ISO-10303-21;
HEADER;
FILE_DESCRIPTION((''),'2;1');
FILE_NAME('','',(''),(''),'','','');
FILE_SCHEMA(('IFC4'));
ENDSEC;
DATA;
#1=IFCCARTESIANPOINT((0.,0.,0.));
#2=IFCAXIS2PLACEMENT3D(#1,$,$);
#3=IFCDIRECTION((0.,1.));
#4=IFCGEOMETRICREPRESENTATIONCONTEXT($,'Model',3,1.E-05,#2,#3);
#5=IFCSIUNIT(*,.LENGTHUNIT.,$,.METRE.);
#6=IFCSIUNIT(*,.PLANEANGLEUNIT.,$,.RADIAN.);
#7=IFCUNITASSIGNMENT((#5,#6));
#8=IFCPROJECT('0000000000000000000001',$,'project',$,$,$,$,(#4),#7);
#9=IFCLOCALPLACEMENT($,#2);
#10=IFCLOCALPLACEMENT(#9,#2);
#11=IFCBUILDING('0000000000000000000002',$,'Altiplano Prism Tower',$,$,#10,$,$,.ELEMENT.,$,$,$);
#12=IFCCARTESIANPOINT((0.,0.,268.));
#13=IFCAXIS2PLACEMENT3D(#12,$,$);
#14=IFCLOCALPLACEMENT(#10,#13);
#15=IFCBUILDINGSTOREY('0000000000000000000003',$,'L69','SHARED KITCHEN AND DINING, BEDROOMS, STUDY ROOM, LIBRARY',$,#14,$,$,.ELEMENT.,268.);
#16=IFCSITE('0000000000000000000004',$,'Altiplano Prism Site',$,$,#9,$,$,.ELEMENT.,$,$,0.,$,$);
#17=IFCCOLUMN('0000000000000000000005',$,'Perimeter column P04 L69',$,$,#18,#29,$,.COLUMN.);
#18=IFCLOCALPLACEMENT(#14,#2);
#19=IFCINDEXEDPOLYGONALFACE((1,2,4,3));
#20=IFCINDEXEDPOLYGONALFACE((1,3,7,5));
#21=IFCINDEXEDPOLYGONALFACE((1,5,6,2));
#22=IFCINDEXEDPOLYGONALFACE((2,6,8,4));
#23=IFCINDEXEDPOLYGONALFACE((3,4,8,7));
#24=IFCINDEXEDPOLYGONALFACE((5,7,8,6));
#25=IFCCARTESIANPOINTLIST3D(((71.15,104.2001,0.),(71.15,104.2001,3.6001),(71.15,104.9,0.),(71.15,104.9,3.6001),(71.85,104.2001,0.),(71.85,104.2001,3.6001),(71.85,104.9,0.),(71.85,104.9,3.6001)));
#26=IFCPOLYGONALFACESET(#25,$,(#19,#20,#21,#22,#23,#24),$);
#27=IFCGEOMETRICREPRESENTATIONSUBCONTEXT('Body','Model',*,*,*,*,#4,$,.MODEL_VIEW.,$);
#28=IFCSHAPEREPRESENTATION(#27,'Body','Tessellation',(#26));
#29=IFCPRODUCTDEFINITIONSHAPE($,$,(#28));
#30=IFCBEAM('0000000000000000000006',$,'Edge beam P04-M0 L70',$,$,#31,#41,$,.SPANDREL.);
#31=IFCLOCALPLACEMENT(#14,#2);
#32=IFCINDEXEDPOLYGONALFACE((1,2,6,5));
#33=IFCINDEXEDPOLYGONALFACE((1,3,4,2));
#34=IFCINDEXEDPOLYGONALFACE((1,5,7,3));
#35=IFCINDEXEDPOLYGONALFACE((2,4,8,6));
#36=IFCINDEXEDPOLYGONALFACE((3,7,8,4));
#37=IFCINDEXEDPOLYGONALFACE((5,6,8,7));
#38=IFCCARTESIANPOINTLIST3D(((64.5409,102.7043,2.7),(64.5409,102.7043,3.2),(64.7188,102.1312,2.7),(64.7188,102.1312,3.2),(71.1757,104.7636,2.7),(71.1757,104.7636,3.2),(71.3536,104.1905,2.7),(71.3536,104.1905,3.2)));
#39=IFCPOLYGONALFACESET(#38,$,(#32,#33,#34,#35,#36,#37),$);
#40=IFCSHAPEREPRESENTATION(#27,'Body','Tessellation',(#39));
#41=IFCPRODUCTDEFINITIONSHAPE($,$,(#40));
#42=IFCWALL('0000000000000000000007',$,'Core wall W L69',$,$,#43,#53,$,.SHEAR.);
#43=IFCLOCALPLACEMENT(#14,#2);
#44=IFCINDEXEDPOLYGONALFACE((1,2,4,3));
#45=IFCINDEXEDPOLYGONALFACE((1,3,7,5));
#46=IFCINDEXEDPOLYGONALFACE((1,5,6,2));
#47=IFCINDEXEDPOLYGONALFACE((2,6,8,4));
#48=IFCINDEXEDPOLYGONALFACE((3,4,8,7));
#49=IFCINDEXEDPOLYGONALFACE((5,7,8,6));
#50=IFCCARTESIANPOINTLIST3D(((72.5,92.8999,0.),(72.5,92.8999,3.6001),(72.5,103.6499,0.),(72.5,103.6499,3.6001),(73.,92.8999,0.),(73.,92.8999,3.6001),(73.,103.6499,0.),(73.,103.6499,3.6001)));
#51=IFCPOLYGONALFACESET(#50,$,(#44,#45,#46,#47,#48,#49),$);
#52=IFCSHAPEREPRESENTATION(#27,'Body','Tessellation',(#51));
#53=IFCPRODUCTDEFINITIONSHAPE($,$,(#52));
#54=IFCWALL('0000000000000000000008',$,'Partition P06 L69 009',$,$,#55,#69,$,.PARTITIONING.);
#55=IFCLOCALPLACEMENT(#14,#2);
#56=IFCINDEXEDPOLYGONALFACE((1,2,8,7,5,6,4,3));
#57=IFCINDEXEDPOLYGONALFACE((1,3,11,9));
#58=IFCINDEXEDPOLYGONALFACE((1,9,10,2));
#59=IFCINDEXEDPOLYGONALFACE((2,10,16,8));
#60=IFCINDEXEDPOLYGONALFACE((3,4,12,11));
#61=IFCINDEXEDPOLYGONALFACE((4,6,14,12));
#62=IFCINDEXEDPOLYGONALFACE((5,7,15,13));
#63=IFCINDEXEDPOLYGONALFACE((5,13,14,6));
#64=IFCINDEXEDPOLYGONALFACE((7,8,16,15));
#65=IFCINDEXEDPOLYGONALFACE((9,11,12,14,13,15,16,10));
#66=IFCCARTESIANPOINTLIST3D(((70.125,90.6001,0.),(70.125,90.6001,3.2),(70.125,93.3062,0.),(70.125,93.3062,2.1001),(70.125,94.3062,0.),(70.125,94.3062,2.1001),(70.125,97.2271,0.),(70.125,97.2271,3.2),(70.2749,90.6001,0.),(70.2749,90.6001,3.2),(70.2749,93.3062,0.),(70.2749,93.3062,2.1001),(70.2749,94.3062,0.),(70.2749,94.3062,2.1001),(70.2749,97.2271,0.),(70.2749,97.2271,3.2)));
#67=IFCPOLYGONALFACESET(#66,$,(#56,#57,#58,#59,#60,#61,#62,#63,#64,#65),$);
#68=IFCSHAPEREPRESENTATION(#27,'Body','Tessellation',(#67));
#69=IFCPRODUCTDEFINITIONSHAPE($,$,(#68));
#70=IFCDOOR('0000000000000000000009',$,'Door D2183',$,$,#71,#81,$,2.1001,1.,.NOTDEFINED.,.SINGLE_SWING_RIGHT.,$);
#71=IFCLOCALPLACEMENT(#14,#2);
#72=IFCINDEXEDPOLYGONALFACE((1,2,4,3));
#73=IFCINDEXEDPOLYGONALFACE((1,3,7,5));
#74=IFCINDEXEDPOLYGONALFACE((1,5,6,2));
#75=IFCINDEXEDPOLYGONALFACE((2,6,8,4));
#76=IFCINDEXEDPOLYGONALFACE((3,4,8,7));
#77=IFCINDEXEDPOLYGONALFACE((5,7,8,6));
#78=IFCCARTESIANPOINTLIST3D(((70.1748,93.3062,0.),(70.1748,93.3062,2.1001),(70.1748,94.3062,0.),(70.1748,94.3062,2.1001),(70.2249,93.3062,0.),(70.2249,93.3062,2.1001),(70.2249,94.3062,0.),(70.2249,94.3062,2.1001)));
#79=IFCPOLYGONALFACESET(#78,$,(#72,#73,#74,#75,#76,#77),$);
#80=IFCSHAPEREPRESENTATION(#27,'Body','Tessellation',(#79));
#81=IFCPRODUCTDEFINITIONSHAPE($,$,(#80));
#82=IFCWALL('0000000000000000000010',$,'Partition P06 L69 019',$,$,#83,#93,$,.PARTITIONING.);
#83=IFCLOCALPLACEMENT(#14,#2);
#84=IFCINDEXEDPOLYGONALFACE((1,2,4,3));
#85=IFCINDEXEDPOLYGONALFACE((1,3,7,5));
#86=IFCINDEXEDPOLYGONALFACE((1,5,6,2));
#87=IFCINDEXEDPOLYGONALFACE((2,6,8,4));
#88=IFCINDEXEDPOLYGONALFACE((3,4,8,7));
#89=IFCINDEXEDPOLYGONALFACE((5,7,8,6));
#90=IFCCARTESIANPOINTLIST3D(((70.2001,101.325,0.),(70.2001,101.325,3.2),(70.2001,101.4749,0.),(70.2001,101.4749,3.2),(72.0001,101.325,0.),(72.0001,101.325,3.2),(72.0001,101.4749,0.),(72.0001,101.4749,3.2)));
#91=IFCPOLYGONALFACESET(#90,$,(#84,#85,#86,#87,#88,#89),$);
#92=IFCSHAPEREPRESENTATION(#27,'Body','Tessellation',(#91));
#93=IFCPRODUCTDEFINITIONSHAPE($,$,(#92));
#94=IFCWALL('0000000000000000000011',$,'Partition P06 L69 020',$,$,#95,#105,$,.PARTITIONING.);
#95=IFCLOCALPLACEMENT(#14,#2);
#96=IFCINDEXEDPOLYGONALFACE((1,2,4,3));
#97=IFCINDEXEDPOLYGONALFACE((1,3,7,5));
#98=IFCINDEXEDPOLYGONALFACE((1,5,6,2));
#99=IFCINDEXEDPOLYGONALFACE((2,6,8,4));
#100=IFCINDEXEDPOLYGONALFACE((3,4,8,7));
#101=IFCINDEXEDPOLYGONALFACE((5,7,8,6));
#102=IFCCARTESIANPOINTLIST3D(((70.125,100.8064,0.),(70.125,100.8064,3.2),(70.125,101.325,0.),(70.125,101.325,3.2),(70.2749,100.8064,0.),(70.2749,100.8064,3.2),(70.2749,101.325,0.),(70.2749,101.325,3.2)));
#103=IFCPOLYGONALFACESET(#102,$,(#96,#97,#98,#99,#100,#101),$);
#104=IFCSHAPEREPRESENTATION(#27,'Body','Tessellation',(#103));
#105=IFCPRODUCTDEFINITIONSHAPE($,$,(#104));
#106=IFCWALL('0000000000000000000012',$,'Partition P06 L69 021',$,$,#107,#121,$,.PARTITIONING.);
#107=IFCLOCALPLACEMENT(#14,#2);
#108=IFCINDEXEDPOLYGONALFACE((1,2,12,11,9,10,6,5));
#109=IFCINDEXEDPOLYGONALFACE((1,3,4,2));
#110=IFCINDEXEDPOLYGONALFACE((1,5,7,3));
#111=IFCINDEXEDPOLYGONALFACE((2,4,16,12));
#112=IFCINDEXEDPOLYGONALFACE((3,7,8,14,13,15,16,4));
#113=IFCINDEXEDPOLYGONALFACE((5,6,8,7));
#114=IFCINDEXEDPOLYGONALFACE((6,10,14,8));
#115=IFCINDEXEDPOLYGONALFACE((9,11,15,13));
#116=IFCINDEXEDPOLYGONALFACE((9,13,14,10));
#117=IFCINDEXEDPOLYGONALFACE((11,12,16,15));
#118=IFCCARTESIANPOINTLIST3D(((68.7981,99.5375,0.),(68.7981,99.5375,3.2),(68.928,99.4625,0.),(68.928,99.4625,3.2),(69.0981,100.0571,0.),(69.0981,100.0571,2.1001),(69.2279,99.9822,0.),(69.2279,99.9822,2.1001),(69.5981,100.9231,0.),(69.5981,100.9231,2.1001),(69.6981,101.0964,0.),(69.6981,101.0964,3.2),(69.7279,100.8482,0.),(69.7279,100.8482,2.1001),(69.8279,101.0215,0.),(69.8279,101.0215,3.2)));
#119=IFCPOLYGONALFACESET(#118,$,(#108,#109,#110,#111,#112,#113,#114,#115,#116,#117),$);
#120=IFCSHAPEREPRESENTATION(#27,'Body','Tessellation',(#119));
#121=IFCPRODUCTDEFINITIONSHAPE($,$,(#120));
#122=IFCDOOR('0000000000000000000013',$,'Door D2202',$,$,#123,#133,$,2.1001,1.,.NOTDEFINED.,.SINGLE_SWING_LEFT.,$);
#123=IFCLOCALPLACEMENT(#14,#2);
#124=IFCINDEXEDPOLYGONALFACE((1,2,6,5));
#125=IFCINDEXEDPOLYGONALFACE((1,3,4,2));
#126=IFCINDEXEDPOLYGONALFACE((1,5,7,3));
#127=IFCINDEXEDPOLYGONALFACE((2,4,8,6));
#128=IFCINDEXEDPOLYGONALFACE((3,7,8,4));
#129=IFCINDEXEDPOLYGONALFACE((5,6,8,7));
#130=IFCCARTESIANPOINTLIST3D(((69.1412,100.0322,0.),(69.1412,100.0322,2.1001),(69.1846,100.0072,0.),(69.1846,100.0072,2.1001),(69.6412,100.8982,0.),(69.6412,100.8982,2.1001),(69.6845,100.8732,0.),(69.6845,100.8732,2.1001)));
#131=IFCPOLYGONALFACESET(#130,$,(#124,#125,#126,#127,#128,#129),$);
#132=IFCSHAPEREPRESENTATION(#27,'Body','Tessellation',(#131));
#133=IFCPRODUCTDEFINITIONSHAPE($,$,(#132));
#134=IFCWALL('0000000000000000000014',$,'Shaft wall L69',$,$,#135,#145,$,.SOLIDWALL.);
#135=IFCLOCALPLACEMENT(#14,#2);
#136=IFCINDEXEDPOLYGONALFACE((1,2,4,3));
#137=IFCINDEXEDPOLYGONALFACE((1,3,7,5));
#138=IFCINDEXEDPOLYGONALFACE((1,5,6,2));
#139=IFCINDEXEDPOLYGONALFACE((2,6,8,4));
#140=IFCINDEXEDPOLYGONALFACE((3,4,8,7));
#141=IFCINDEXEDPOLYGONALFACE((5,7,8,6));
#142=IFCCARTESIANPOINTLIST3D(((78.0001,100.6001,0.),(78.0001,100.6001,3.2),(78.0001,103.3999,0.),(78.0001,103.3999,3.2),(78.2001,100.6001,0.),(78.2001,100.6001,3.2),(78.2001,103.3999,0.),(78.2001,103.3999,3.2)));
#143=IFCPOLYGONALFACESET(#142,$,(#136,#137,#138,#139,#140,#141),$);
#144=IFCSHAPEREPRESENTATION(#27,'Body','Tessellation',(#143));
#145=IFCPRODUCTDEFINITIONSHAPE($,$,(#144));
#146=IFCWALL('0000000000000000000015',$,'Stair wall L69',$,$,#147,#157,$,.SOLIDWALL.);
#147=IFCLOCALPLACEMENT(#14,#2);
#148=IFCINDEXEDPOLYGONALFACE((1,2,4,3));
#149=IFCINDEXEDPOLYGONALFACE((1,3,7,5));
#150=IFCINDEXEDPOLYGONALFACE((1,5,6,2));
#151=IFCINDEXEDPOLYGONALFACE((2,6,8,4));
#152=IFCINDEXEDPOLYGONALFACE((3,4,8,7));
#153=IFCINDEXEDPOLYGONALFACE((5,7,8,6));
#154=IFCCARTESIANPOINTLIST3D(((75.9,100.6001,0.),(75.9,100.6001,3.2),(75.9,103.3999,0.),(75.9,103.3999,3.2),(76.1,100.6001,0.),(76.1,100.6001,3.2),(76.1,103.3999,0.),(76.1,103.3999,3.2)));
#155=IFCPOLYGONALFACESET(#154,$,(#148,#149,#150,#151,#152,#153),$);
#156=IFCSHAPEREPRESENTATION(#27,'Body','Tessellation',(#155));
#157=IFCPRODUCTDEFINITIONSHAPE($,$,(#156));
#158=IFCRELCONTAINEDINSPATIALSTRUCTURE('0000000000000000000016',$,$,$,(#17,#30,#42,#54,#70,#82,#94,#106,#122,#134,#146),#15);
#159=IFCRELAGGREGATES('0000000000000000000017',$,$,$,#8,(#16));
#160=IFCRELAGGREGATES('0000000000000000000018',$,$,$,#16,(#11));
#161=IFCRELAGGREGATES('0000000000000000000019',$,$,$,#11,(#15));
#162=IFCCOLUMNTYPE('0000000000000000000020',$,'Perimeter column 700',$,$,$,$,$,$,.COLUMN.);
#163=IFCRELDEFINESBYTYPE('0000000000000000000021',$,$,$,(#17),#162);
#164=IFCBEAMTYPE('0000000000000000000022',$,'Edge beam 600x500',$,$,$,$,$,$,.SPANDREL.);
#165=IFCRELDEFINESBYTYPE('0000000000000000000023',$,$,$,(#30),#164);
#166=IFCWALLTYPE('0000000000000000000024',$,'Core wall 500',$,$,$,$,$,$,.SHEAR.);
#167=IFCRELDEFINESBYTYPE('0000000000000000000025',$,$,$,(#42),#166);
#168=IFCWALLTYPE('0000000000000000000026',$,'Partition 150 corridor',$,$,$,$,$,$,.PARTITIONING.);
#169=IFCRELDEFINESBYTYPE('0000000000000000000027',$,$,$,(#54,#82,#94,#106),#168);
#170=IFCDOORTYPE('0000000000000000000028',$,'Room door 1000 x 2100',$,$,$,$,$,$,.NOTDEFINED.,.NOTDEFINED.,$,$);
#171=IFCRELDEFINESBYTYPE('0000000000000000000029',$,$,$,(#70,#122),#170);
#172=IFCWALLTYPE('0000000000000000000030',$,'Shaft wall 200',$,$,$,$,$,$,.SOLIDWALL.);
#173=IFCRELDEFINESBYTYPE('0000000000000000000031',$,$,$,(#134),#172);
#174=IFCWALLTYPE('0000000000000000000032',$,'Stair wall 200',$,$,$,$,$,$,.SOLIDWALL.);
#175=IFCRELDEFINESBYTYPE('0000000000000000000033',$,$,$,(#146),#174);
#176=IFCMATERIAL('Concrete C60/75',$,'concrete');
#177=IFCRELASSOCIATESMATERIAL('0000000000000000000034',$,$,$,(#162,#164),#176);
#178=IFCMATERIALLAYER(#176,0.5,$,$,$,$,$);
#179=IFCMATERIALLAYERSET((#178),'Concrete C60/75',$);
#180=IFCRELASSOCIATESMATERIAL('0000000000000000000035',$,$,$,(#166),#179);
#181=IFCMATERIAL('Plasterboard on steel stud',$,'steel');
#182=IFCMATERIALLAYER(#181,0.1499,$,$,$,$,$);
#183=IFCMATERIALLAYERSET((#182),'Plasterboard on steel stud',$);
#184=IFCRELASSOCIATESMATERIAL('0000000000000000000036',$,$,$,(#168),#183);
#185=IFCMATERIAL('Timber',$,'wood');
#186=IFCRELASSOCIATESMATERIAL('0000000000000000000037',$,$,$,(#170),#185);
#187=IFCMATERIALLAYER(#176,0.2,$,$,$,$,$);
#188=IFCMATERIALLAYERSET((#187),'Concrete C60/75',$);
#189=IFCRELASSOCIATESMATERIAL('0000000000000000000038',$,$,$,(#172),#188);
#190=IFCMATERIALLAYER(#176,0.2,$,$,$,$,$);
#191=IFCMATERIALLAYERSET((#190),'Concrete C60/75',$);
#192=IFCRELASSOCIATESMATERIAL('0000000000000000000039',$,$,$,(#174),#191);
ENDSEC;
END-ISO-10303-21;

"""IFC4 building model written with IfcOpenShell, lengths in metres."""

from ifc_helpers import new_model, si_unit, direction, frame, frame_2d, origin, origin_2d, place, context, subcontext, project, spatial, rectangle, extrude, material, layer, layer_set, material_profile, profile_set, type_object, element, fill, save


model = new_model("IFC4")

# Units and contexts
model_context = context("Model", 3, precision=1e-05, world=origin(), true_north=direction((0.0, 1.0)))
body_context = subcontext(model_context, "Body", "Model", "MODEL_VIEW")
ifc_project = project(units=[si_unit("LENGTHUNIT", "METRE"), si_unit("PLANEANGLEUNIT", "RADIAN")], contexts=[model_context])

# Site, building, storey
site_placement = place(None, origin())
site = spatial("IfcSite", under=ifc_project, at=site_placement, Name="Altiplano Prism Site", CompositionType="ELEMENT", RefElevation=0.0)
building_placement = place(site_placement, origin())
building = spatial("IfcBuilding", under=site, at=building_placement, Name="Altiplano Prism Tower", CompositionType="ELEMENT")
storey_placement = place(building_placement, frame((0.0, 0.0, 268.0)))
storey = spatial("IfcBuildingStorey", under=building, at=storey_placement, Name="L69", Description="SHARED KITCHEN AND DINING, BEDROOMS, STUDY ROOM, LIBRARY", CompositionType="ELEMENT", Elevation=268.0)

# Column
ifc_material_1 = material(Name="Concrete C60/75", Category="concrete")
ifc_material_profile_1 = material_profile(ifc_material_1, rectangle(XDim=0.7, YDim=0.7, at=origin_2d()), Name="Perimeter column 700")
ifc_profile_set_1 = profile_set([ifc_material_profile_1], Name="Concrete C60/75")
column_type = type_object("IfcColumnType", Name="Perimeter column 700", PredefinedType="COLUMN", material=ifc_profile_set_1)
column_placement = place(storey_placement, frame((71.5, 104.55, 0.0), z_axis=(0.0, 0.0, 1.0), x_axis=(1.0, 0.0, 0.0)))
element("IfcColumn", 1, at=column_placement, inside=storey, type_object=column_type, Name="Perimeter column P04 L69", PredefinedType="COLUMN", context=body_context, shape_type="SweptSolid", body=[
    extrude(rectangle(XDim=0.7, YDim=0.7, at=origin_2d()), origin(), (0.0, 0.0, 1.0), 3.6001),
])

# Beam
ifc_material_profile_2 = material_profile(ifc_material_1, rectangle(XDim=0.6001, YDim=0.5, at=origin_2d()), Name="Edge beam 600x500")
ifc_profile_set_2 = profile_set([ifc_material_profile_2], Name="Concrete C60/75")
beam_type = type_object("IfcBeamType", Name="Edge beam 600x500", PredefinedType="SPANDREL", material=ifc_profile_set_2)
beam_placement = place(storey_placement, frame((71.2646, 104.4771, 2.95), z_axis=(-0.955054, -0.296433, 0.0), x_axis=(0.296433, -0.955054, 0.0)))
element("IfcBeam", 2, at=beam_placement, inside=storey, type_object=beam_type, Name="Edge beam P04-M0 L70", PredefinedType="SPANDREL", context=body_context, shape_type="SweptSolid", body=[
    extrude(rectangle(XDim=0.6001, YDim=0.5, at=origin_2d()), origin(), (0.0, 0.0, 1.0), 6.947),
])

# Wall
ifc_layer_1 = layer(ifc_material_1, 0.5)
ifc_layer_set_1 = layer_set([ifc_layer_1], Name="Concrete C60/75")
wall_type_1 = type_object("IfcWallType", Name="Core wall 500", PredefinedType="SHEAR", material=ifc_layer_set_1)
wall_1_placement = place(storey_placement, frame((72.75, 103.6499, 0.0), z_axis=(0.0, 0.0, 1.0), x_axis=(0.0, -1.0, 0.0)))
element("IfcWall", 3, at=wall_1_placement, inside=storey, type_object=wall_type_1, Name="Core wall W L69", PredefinedType="SHEAR", context=body_context, shape_type="SweptSolid", body=[
    extrude(rectangle(XDim=10.75, YDim=0.5, at=frame_2d((5.375, 0.0))), origin(), (0.0, 0.0, 1.0), 3.6001),
])

# Wall, opening, door
ifc_material_2 = material(Name="Plasterboard on steel stud", Category="steel")
ifc_layer_2 = layer(ifc_material_2, 0.1499)
ifc_layer_set_2 = layer_set([ifc_layer_2], Name="Plasterboard on steel stud")
wall_type_2 = type_object("IfcWallType", Name="Partition 150 corridor", PredefinedType="PARTITIONING", material=ifc_layer_set_2)
wall_2_placement = place(storey_placement, frame((70.2, 97.2271, 0.0), z_axis=(0.0, 0.0, 1.0), x_axis=(0.0, -1.0, 0.0)))
wall_2 = element("IfcWall", 4, at=wall_2_placement, inside=storey, type_object=wall_type_2, Name="Partition P06 L69 009", PredefinedType="PARTITIONING", context=body_context, shape_type="SweptSolid", body=[
    extrude(rectangle(XDim=6.627, YDim=0.1499, at=frame_2d((3.3135, 0.0))), origin(), (0.0, 0.0, 1.0), 3.2),
])
opening_1_placement = place(wall_2_placement, frame((2.9209, 0.0, 0.0)))
opening_1 = element("IfcOpeningElement", 5, at=opening_1_placement, cuts=wall_2, PredefinedType="OPENING", context=body_context, shape_type="SweptSolid", body=[
    extrude(rectangle(XDim=1.0, YDim=2.1001, at=frame_2d((0.5, 1.05))), frame((0.0, 0.0854, 0.0), z_axis=(0.0, -1.0, 0.0), x_axis=(1.0, 0.0, 0.0)), (0.0, 0.0, 1.0), 0.1709),
])
ifc_material_3 = material(Name="Timber", Category="wood")
door_type_1 = type_object("IfcDoorType", Name="Room door 1000 x 2100", OperationType="NOTDEFINED", PredefinedType="NOTDEFINED", material=ifc_material_3)
door_1_placement = place(opening_1_placement, origin())
door_1 = element("IfcDoor", 6, at=door_1_placement, inside=storey, type_object=door_type_1, Name="Door D2183", OperationType="SINGLE_SWING_RIGHT", OverallHeight=2.1001, OverallWidth=1.0, PredefinedType="NOTDEFINED", context=body_context, shape_type="SweptSolid", body=[
    extrude(rectangle(XDim=1.0, YDim=2.1001, at=frame_2d((0.5, 1.05))), frame((0.0, 0.0249, 0.0), z_axis=(0.0, -1.0, 0.0), x_axis=(1.0, 0.0, 0.0)), (0.0, 0.0, 1.0), 0.05),
])
fill(opening_1, door_1)

# Walls
wall_3_placement = place(storey_placement, frame((72.0, 101.3999, 0.0), z_axis=(0.0, 0.0, 1.0), x_axis=(-1.0, 0.0, 0.0)))
element("IfcWall", 7, at=wall_3_placement, inside=storey, type_object=wall_type_2, Name="Partition P06 L69 019", PredefinedType="PARTITIONING", context=body_context, shape_type="SweptSolid", body=[
    extrude(rectangle(XDim=1.8, YDim=0.1499, at=frame_2d((0.8999, 0.0))), origin(), (0.0, 0.0, 1.0), 3.2),
])
wall_4_placement = place(storey_placement, frame((70.2, 101.325, 0.0), z_axis=(0.0, 0.0, 1.0), x_axis=(0.0, -1.0, 0.0)))
element("IfcWall", 8, at=wall_4_placement, inside=storey, type_object=wall_type_2, Name="Partition P06 L69 020", PredefinedType="PARTITIONING", context=body_context, shape_type="SweptSolid", body=[
    extrude(rectangle(XDim=0.5186, YDim=0.1499, at=frame_2d((0.2593, 0.0))), origin(), (0.0, 0.0, 1.0), 3.2),
])

# Wall, opening, door
wall_5_placement = place(storey_placement, frame((69.7629, 101.0588, 0.0), z_axis=(0.0, 0.0, 1.0), x_axis=(-0.499961, -0.866048, 0.0)))
wall_5 = element("IfcWall", 9, at=wall_5_placement, inside=storey, type_object=wall_type_2, Name="Partition P06 L69 021", PredefinedType="PARTITIONING", context=body_context, shape_type="SweptSolid", body=[
    extrude(rectangle(XDim=1.8, YDim=0.1499, at=frame_2d((0.8999, 0.0))), origin(), (0.0, 0.0, 1.0), 3.2),
])
opening_2_placement = place(wall_5_placement, frame((0.2, 0.0, 0.0)))
opening_2 = element("IfcOpeningElement", 10, at=opening_2_placement, cuts=wall_5, PredefinedType="OPENING", context=body_context, shape_type="SweptSolid", body=[
    extrude(rectangle(XDim=1.0, YDim=2.1001, at=frame_2d((0.5, 1.05))), frame((0.0, 0.0854, 0.0), z_axis=(0.0, -1.0, 0.0), x_axis=(1.0, 0.0, 0.0)), (0.0, 0.0, 1.0), 0.1709),
])
door_2_placement = place(opening_2_placement, origin())
door_2 = element("IfcDoor", 11, at=door_2_placement, inside=storey, type_object=door_type_1, Name="Door D2202", OperationType="SINGLE_SWING_LEFT", OverallHeight=2.1001, OverallWidth=1.0, PredefinedType="NOTDEFINED", context=body_context, shape_type="SweptSolid", body=[
    extrude(rectangle(XDim=1.0, YDim=2.1001, at=frame_2d((0.5, 1.05))), frame((0.0, 0.0249, 0.0), z_axis=(0.0, -1.0, 0.0), x_axis=(1.0, 0.0, 0.0)), (0.0, 0.0, 1.0), 0.05),
])
fill(opening_2, door_2)

# Wall
ifc_layer_3 = layer(ifc_material_1, 0.2)
ifc_layer_set_3 = layer_set([ifc_layer_3], Name="Concrete C60/75")
wall_type_3 = type_object("IfcWallType", Name="Shaft wall 200", PredefinedType="SOLIDWALL", material=ifc_layer_set_3)
wall_6_placement = place(storey_placement, frame((78.1001, 100.6001, 0.0), z_axis=(0.0, 0.0, 1.0), x_axis=(0.0, 1.0, 0.0)))
element("IfcWall", 12, at=wall_6_placement, inside=storey, type_object=wall_type_3, Name="Shaft wall L69", PredefinedType="SOLIDWALL", context=body_context, shape_type="SweptSolid", body=[
    extrude(rectangle(XDim=2.7998, YDim=0.2, at=frame_2d((1.3999, 0.0))), origin(), (0.0, 0.0, 1.0), 3.2),
])

# Shared definitions
ifc_layer_4 = layer(ifc_material_1, 0.2)
ifc_layer_set_4 = layer_set([ifc_layer_4], Name="Concrete C60/75")
wall_type_4 = type_object("IfcWallType", Name="Stair wall 200", PredefinedType="SOLIDWALL", material=ifc_layer_set_4)

# Wall
wall_7_placement = place(storey_placement, frame((76.0, 100.6001, 0.0), z_axis=(0.0, 0.0, 1.0), x_axis=(0.0, 1.0, 0.0)))
element("IfcWall", 13, at=wall_7_placement, inside=storey, type_object=wall_type_4, Name="Stair wall L69", PredefinedType="SOLIDWALL", context=body_context, shape_type="SweptSolid", body=[
    extrude(rectangle(XDim=2.7998, YDim=0.2, at=frame_2d((1.3999, 0.0))), origin(), (0.0, 0.0, 1.0), 3.2),
])

save(model, "model.ifc")
